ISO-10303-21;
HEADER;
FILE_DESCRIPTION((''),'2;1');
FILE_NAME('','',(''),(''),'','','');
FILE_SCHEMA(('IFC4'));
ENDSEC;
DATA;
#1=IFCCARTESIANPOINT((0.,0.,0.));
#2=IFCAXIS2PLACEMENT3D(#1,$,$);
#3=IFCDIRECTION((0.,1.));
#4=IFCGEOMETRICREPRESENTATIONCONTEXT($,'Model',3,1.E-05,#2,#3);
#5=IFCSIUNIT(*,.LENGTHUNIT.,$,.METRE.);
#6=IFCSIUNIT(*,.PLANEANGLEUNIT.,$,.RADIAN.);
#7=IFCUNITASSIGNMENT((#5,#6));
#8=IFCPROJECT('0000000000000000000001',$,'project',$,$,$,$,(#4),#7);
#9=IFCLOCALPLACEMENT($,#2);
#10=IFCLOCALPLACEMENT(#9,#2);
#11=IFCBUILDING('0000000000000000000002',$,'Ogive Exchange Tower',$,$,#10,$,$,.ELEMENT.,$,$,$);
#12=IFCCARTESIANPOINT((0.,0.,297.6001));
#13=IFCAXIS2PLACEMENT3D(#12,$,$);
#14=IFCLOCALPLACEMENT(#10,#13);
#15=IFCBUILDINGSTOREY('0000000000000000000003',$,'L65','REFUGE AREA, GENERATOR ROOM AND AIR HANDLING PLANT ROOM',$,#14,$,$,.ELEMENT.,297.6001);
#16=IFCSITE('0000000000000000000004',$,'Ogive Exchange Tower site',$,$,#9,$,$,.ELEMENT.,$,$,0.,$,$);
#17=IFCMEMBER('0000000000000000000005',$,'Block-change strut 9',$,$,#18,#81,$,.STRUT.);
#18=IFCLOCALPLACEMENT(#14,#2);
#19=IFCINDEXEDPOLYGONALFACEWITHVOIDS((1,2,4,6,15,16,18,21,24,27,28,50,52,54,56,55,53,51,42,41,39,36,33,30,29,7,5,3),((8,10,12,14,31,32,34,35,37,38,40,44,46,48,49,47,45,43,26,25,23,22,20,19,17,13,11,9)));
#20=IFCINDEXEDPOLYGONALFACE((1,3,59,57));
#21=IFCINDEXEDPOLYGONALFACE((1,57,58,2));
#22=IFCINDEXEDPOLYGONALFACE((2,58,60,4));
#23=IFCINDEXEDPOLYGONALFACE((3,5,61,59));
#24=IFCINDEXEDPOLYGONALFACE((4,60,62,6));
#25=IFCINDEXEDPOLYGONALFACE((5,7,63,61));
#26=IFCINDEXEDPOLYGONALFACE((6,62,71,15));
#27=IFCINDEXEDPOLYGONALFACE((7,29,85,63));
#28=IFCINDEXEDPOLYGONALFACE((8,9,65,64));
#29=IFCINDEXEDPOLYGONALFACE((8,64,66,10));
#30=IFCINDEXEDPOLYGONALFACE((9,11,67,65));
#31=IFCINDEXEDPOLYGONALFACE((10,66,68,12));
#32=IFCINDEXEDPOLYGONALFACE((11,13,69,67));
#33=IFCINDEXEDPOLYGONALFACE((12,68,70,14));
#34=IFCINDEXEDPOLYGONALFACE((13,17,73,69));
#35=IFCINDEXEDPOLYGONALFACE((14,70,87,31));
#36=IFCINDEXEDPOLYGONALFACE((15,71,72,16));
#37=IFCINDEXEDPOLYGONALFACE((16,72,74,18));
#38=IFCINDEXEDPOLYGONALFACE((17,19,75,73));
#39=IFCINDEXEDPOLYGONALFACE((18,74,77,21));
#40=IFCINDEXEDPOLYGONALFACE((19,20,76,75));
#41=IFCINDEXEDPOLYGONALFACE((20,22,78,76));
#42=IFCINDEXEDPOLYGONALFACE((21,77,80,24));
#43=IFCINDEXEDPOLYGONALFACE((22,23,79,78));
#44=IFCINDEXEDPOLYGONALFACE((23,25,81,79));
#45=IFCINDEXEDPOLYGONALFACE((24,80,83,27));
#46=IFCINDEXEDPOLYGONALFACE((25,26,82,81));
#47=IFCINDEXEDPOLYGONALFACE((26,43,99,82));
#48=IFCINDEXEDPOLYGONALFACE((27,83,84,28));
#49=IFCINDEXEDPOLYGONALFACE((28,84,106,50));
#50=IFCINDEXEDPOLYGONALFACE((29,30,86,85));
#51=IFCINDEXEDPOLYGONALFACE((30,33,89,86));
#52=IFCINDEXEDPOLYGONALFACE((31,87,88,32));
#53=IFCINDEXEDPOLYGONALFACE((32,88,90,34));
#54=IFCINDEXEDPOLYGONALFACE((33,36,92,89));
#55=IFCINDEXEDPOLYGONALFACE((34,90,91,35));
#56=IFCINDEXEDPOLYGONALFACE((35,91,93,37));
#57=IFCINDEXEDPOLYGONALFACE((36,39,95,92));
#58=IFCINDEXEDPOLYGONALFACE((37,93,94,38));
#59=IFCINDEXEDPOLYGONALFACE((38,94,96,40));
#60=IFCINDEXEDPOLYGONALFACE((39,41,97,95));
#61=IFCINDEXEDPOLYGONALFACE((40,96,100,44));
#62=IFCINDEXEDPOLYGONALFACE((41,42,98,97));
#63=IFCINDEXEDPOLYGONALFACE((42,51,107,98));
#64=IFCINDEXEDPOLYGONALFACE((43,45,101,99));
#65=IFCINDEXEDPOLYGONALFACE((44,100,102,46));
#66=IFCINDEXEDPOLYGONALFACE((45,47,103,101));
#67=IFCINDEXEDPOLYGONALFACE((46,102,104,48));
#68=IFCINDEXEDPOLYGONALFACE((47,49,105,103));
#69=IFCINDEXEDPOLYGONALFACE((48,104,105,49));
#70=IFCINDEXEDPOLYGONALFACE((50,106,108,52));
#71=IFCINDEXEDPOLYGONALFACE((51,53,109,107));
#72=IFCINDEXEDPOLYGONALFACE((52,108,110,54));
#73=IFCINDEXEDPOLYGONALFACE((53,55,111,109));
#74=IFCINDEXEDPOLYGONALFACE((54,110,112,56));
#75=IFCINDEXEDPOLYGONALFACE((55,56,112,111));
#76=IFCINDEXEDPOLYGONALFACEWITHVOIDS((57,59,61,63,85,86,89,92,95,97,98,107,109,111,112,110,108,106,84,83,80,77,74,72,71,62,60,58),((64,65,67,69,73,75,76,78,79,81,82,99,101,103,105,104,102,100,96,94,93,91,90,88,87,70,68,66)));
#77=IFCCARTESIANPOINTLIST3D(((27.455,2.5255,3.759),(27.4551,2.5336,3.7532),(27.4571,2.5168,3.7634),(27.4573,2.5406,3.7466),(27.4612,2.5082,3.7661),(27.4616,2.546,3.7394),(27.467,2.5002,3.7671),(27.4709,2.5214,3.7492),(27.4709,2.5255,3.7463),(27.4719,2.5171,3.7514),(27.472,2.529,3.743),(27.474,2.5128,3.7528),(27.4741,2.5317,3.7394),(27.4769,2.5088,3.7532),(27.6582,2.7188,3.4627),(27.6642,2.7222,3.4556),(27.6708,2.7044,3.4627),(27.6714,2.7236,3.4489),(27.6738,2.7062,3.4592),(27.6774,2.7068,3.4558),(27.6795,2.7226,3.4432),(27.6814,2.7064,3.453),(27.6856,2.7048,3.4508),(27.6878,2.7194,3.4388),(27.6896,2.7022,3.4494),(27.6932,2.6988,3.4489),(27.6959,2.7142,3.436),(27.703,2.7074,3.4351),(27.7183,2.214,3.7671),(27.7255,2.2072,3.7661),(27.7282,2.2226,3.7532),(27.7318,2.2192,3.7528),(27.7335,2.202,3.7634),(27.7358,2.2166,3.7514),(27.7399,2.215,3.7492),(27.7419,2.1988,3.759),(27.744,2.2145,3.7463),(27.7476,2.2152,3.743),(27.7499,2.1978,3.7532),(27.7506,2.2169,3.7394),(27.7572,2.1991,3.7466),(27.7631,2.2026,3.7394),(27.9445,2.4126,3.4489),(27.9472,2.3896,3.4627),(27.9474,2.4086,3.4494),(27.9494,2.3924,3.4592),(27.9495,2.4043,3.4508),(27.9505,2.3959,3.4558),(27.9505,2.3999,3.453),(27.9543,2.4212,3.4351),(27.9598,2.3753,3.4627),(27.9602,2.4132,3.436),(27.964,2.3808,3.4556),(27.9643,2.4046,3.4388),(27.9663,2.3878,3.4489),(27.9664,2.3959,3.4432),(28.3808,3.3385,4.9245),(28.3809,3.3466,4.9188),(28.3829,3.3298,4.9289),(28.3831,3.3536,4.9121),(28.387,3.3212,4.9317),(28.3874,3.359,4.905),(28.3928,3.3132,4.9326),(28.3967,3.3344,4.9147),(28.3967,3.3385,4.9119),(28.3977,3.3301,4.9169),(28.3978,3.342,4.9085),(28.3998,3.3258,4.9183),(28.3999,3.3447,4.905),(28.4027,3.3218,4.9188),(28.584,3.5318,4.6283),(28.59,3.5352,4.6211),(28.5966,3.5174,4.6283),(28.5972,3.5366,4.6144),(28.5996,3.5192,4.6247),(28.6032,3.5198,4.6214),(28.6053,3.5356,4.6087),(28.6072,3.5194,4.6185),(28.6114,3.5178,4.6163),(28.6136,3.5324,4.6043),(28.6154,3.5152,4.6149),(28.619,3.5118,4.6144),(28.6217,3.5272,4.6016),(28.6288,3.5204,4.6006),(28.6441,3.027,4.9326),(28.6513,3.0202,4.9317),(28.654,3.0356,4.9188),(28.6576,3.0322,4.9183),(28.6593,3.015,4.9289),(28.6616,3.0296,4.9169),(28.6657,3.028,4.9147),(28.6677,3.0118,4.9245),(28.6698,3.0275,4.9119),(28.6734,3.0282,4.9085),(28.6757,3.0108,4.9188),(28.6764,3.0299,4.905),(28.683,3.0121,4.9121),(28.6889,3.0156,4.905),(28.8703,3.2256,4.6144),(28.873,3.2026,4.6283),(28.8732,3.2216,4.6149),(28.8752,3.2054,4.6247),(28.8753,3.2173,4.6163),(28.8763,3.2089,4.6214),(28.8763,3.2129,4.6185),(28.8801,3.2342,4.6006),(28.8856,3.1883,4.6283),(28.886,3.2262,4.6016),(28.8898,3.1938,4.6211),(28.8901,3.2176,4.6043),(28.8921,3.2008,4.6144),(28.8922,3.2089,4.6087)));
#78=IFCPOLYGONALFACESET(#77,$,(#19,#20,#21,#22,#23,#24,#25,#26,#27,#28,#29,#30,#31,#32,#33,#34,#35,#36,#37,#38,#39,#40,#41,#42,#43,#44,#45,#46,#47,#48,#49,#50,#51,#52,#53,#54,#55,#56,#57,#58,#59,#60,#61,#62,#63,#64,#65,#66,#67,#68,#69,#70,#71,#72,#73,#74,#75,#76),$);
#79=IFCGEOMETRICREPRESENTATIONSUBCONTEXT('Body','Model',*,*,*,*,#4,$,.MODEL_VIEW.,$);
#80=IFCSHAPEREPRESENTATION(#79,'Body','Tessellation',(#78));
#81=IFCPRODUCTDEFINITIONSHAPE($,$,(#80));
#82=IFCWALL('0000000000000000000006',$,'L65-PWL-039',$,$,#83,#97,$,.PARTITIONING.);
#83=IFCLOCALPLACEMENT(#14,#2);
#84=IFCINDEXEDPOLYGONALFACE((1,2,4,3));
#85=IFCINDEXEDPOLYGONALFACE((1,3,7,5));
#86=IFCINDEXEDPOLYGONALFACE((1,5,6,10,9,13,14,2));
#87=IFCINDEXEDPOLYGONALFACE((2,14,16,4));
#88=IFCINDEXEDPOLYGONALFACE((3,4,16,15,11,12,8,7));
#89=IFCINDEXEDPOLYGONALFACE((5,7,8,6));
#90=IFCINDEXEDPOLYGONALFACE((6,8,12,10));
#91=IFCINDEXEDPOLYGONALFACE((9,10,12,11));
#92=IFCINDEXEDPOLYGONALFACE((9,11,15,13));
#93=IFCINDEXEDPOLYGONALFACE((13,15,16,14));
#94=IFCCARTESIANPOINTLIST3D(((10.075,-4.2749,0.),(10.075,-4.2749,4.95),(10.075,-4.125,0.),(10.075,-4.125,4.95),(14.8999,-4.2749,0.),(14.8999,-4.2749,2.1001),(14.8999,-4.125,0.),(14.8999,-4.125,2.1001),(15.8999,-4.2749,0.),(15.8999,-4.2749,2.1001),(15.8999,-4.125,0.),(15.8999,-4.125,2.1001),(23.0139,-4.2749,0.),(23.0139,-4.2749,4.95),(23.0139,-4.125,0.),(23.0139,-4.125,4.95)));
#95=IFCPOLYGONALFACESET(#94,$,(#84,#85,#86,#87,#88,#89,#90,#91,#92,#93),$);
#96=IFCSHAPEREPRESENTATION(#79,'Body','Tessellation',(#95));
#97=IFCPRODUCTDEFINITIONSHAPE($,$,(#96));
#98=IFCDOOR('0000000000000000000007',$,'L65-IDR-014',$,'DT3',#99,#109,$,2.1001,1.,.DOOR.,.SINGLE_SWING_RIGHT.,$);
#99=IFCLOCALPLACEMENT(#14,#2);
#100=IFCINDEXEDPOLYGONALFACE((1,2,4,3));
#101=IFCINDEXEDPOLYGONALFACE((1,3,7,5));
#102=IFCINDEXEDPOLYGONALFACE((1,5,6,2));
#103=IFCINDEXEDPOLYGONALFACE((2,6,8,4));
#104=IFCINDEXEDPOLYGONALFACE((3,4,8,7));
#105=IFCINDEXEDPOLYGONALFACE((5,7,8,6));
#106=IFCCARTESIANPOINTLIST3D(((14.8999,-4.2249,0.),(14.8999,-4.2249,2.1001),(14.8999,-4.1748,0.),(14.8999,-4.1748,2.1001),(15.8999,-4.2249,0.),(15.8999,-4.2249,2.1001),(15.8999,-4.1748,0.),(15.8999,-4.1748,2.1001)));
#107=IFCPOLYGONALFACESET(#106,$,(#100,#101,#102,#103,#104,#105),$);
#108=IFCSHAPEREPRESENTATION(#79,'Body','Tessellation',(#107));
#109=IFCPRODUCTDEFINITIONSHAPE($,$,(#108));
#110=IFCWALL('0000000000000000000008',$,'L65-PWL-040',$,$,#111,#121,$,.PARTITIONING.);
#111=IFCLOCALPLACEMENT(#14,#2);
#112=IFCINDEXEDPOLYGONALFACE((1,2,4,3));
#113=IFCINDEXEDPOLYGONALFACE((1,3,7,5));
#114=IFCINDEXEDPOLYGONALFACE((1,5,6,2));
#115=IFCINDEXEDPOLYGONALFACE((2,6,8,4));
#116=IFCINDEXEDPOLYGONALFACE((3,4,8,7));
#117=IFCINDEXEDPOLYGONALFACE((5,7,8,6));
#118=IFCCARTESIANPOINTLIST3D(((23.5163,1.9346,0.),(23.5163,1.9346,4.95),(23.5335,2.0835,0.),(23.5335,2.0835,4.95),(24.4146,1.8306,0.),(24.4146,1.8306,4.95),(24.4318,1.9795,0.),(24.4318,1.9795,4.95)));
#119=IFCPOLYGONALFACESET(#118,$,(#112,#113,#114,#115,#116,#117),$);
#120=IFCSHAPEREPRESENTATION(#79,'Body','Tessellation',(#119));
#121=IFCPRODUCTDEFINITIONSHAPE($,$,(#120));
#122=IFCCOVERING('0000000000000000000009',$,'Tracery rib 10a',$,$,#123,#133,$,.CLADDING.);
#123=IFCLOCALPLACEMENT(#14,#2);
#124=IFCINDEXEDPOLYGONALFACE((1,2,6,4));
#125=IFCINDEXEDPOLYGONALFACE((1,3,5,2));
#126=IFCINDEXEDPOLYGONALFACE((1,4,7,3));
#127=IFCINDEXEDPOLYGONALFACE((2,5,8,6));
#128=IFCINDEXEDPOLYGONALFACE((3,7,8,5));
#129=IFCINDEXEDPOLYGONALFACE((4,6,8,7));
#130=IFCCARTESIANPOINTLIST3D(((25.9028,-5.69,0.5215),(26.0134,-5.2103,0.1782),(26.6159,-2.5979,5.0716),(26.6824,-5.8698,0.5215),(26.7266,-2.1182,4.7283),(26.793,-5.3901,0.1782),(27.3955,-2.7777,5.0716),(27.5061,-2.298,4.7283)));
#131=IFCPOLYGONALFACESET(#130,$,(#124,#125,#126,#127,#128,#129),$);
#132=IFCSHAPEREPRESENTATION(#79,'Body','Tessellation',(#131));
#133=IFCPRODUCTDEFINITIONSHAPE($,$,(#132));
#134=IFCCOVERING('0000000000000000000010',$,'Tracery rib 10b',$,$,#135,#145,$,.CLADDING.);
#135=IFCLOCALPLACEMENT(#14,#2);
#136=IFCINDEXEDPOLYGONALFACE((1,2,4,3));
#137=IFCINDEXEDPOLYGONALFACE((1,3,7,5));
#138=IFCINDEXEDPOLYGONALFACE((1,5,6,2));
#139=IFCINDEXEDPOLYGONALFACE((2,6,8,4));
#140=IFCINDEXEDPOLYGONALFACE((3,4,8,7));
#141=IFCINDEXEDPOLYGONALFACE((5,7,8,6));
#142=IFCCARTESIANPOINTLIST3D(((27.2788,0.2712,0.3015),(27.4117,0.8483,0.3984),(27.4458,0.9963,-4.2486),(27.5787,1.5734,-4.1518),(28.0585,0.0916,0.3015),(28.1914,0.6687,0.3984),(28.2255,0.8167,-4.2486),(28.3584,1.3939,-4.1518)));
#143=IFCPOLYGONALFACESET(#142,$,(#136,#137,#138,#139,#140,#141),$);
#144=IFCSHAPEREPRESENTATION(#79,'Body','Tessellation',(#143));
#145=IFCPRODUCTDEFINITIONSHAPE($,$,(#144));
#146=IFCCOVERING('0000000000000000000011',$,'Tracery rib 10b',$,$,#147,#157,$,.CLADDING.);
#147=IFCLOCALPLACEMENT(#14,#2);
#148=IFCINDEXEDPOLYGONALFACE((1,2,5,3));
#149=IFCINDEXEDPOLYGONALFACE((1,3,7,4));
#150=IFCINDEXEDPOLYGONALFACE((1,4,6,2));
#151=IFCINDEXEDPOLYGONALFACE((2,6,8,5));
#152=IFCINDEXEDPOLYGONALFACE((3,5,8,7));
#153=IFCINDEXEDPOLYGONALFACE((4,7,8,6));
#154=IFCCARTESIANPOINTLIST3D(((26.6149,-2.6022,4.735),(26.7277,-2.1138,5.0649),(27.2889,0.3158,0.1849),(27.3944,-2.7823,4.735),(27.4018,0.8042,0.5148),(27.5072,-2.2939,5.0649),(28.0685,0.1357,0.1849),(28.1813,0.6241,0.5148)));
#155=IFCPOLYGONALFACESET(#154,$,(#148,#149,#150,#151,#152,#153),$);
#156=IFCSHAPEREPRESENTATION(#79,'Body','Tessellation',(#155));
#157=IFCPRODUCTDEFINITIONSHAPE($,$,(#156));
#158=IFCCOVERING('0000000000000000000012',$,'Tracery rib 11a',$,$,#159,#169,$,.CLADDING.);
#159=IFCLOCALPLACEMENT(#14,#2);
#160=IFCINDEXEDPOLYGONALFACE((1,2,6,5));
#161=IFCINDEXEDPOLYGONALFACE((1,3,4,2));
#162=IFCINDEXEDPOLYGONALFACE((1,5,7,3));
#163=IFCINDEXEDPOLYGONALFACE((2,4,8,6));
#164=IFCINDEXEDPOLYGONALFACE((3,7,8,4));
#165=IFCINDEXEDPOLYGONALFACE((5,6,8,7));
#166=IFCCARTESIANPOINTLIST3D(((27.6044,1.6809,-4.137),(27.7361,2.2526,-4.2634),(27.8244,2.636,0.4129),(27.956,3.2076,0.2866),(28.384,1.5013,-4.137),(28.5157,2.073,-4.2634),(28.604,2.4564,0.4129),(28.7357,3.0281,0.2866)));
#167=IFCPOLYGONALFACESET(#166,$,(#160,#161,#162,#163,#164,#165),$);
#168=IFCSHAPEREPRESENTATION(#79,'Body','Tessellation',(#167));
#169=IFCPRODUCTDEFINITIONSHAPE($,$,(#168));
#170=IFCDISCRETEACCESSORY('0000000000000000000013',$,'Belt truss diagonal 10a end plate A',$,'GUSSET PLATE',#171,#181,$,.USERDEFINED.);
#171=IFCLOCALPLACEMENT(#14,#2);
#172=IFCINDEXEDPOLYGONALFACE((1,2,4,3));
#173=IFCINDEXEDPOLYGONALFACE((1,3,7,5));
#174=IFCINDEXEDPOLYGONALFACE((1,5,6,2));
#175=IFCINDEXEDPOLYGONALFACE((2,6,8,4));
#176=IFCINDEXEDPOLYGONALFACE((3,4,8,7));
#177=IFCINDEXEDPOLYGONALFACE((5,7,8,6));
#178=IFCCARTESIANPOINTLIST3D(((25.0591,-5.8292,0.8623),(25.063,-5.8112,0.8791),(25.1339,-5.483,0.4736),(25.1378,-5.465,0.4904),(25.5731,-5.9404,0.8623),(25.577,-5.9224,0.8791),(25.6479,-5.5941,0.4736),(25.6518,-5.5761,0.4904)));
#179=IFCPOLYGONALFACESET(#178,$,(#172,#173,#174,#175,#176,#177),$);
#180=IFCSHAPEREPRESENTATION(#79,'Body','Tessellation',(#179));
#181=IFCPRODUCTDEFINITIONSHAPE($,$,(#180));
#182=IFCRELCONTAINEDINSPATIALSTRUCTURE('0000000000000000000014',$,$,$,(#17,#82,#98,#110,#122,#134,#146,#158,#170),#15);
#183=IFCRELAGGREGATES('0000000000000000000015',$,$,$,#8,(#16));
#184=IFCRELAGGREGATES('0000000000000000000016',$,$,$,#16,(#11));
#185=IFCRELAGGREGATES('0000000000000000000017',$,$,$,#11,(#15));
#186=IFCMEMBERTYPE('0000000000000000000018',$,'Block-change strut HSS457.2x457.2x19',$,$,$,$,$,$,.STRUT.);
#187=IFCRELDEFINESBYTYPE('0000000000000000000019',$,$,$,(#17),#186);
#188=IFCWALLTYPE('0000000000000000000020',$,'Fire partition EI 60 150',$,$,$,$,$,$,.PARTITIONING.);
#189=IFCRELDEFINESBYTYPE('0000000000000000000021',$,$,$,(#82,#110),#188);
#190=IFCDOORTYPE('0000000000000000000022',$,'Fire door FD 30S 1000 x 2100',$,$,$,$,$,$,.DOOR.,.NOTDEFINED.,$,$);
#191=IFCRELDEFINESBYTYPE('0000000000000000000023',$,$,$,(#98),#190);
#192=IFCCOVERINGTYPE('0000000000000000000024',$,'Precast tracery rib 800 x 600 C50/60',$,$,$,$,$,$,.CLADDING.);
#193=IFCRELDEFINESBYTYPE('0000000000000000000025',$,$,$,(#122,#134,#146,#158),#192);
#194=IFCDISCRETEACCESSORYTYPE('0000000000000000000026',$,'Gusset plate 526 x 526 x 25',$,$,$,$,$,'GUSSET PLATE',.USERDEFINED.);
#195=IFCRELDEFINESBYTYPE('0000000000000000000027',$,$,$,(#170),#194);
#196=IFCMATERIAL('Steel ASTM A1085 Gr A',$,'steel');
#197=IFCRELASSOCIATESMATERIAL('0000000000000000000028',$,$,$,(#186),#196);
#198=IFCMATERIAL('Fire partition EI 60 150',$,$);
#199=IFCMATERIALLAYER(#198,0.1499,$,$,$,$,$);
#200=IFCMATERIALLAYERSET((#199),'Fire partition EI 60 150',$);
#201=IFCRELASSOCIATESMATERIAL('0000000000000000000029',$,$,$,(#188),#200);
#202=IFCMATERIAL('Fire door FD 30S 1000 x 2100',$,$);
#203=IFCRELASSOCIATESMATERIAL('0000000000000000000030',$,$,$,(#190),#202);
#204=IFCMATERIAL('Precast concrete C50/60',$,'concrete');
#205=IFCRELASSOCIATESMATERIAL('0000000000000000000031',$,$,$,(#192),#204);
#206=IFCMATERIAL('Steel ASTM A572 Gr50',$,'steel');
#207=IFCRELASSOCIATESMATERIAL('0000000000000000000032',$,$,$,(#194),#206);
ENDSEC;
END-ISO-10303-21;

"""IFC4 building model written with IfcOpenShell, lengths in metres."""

from ifc_helpers import new_model, si_unit, direction, frame, frame_2d, origin, origin_2d, place, context, subcontext, project, spatial, rectangle, hollow_rectangle, extrude, material, layer, layer_set, material_profile, profile_set, type_object, element, fill, save


model = new_model("IFC4")

# Units and contexts
model_context = context("Model", 3, precision=1e-05, world=origin(), true_north=direction((0.0, 1.0)))
body_context = subcontext(model_context, "Body", "Model", "MODEL_VIEW")
ifc_project = project(units=[si_unit("LENGTHUNIT", "METRE"), si_unit("PLANEANGLEUNIT", "RADIAN")], contexts=[model_context])

# Site, building, storey
site_placement = place(None, origin())
site = spatial("IfcSite", under=ifc_project, at=site_placement, Name="Ogive Exchange Tower site", CompositionType="ELEMENT", RefElevation=0.0)
building_placement = place(site_placement, origin())
building = spatial("IfcBuilding", under=site, at=building_placement, Name="Ogive Exchange Tower", CompositionType="ELEMENT")
storey_placement = place(building_placement, frame((0.0, 0.0, 297.6001)))
storey = spatial("IfcBuildingStorey", under=building, at=storey_placement, Name="L65", Description="REFUGE AREA, GENERATOR ROOM AND AIR HANDLING PLANT ROOM", CompositionType="ELEMENT", Elevation=297.6001)

# Shared definitions
ifc_material_1 = material(Name="Steel ASTM A1085 Gr A", Category="steel")

# Member
ifc_material_profile_1 = material_profile(ifc_material_1, hollow_rectangle(XDim=0.457, YDim=0.457, WallThickness=0.019, InnerFilletRadius=0.019, OuterFilletRadius=0.0381, at=origin_2d()), Name="HSS457.2x457.2x19")
ifc_profile_set_1 = profile_set([ifc_material_profile_1], Name="Steel ASTM A1085 Gr A")
member_type_1 = type_object("IfcMemberType", Name="Block-change strut HSS457.2x457.2x19", PredefinedType="STRUT", material=ifc_profile_set_1)
member_1_placement = place(storey_placement, frame((27.7107, 2.4607, 3.6011), z_axis=(0.545856, 0.479351, 0.687214), x_axis=(-0.65985, 0.751397, 0.0)))
element("IfcMember", 1, at=member_1_placement, inside=storey, type_object=member_type_1, Name="Block-change strut 9", PredefinedType="STRUT", context=body_context, shape_type="SweptSolid", body=[
    extrude(hollow_rectangle(XDim=0.457, YDim=0.457, WallThickness=0.019, InnerFilletRadius=0.019, OuterFilletRadius=0.0381, at=origin_2d()), origin(), (0.0, 0.0, 1.0), 1.696),
])

# Wall, opening, door
ifc_material_2 = material(Name="Fire partition EI 60 150")
ifc_layer = layer(ifc_material_2, 0.1499)
ifc_layer_set = layer_set([ifc_layer], Name="Fire partition EI 60 150")
wall_type = type_object("IfcWallType", Name="Fire partition EI 60 150", PredefinedType="PARTITIONING", material=ifc_layer_set)
wall_1_placement = place(storey_placement, frame((23.0139, -4.2, 0.0), z_axis=(0.0, 0.0, 1.0), x_axis=(-1.0, 0.0, 0.0)))
wall_1 = element("IfcWall", 2, at=wall_1_placement, inside=storey, type_object=wall_type, Name="L65-PWL-039", PredefinedType="PARTITIONING", context=body_context, shape_type="SweptSolid", body=[
    extrude(rectangle(XDim=12.939, YDim=0.1499, at=frame_2d((6.4695, 0.0))), origin(), (0.0, 0.0, 1.0), 4.95),
])
opening_placement = place(wall_1_placement, frame((7.114, 0.0, 0.0)))
opening = element("IfcOpeningElement", 3, at=opening_placement, cuts=wall_1, PredefinedType="OPENING", context=body_context, shape_type="SweptSolid", body=[
    extrude(rectangle(XDim=1.0, YDim=2.1001, at=frame_2d((0.5, 1.05))), frame((0.0, 0.085, 0.0), z_axis=(0.0, -1.0, 0.0), x_axis=(1.0, 0.0, 0.0)), (0.0, 0.0, 1.0), 0.1699),
])
ifc_material_3 = material(Name="Fire door FD 30S 1000 x 2100")
door_type = type_object("IfcDoorType", Name="Fire door FD 30S 1000 x 2100", OperationType="NOTDEFINED", PredefinedType="DOOR", material=ifc_material_3)
door_placement = place(opening_placement, origin())
door = element("IfcDoor", 4, at=door_placement, inside=storey, type_object=door_type, Name="L65-IDR-014", ObjectType="DT3", OperationType="SINGLE_SWING_RIGHT", OverallHeight=2.1001, OverallWidth=1.0, PredefinedType="DOOR", context=body_context, shape_type="SweptSolid", body=[
    extrude(rectangle(XDim=1.0, YDim=2.1001, at=frame_2d((0.5, 1.05))), frame((0.0, 0.0249, 0.0), z_axis=(0.0, -1.0, 0.0), x_axis=(1.0, 0.0, 0.0)), (0.0, 0.0, 1.0), 0.05),
])
fill(opening, door)

# Wall
wall_2_placement = place(storey_placement, frame((23.5249, 2.009, 0.0), z_axis=(0.0, 0.0, 1.0), x_axis=(0.993363, -0.115024, 0.0)))
element("IfcWall", 5, at=wall_2_placement, inside=storey, type_object=wall_type, Name="L65-PWL-040", PredefinedType="PARTITIONING", context=body_context, shape_type="SweptSolid", body=[
    extrude(rectangle(XDim=0.9043, YDim=0.1499, at=frame_2d((0.4521, 0.0))), origin(), (0.0, 0.0, 1.0), 4.95),
])

# Coverings
ifc_material_4 = material(Name="Precast concrete C50/60", Category="concrete")
ifc_material_profile_2 = material_profile(ifc_material_4, rectangle(XDim=0.8, YDim=0.6001, at=origin_2d()), Name="RIB 800 x 600")
ifc_profile_set_2 = profile_set([ifc_material_profile_2], Name="Precast concrete C50/60")
covering_type = type_object("IfcCoveringType", Name="Precast tracery rib 800 x 600 C50/60", PredefinedType="CLADDING", material=ifc_profile_set_2)
covering_1_placement = place(storey_placement, frame((26.3479, -5.54, 0.3499), z_axis=(0.128556, 0.557399, 0.820232), x_axis=(-0.97442, 0.224736, 0.0)))
element("IfcCovering", 6, at=covering_1_placement, inside=storey, type_object=covering_type, Name="Tracery rib 10a", PredefinedType="CLADDING", context=body_context, shape_type="SweptSolid", body=[
    extrude(rectangle(XDim=0.8, YDim=0.6001, at=origin_2d()), origin(), (0.0, 0.0, 1.0), 5.5474),
])
covering_2_placement = place(storey_placement, frame((27.9021, 1.1951, -4.2002), z_axis=(-0.03622, -0.157271, 0.986891), x_axis=(0.974491, -0.224428, 0.0)))
element("IfcCovering", 7, at=covering_2_placement, inside=storey, type_object=covering_type, Name="Tracery rib 10b", PredefinedType="CLADDING", context=body_context, shape_type="SweptSolid", body=[
    extrude(rectangle(XDim=0.8, YDim=0.6001, at=origin_2d()), origin(), (0.0, 0.0, 1.0), 4.6106),
])
covering_3_placement = place(storey_placement, frame((27.7351, 0.47, 0.3499), z_axis=(-0.123747, -0.535683, 0.835302), x_axis=(0.97434, -0.22508, 0.0)))
element("IfcCovering", 8, at=covering_3_placement, inside=storey, type_object=covering_type, Name="Tracery rib 10b", PredefinedType="CLADDING", context=body_context, shape_type="SweptSolid", body=[
    extrude(rectangle(XDim=0.8, YDim=0.6001, at=origin_2d()), origin(), (0.0, 0.0, 1.0), 5.4473),
])
covering_4_placement = place(storey_placement, frame((28.0601, 1.877, -4.2002), z_axis=(0.047261, 0.205199, 0.977579), x_axis=(-0.974488, 0.224441, 0.0)))
element("IfcCovering", 9, at=covering_4_placement, inside=storey, type_object=covering_type, Name="Tracery rib 11a", PredefinedType="CLADDING", context=body_context, shape_type="SweptSolid", body=[
    extrude(rectangle(XDim=0.8, YDim=0.6001, at=origin_2d()), origin(), (0.0, 0.0, 1.0), 4.6543),
])

# Discrete accessory
ifc_material_5 = material(Name="Steel ASTM A572 Gr50", Category="steel")
ifc_material_profile_3 = material_profile(ifc_material_5, rectangle(XDim=0.5259, YDim=0.5259, at=origin_2d()), Name="PL 526 x 526 x 25")
ifc_profile_set_3 = profile_set([ifc_material_profile_3], Name="Steel ASTM A572 Gr50")
discrete_accessory_type_1 = type_object("IfcDiscreteAccessoryType", Name="Gusset plate 526 x 526 x 25", ElementType="GUSSET PLATE", PredefinedType="USERDEFINED", material=ifc_profile_set_3)
discrete_accessory_1_placement = place(storey_placement, frame((25.3535, -5.7117, 0.668), z_axis=(0.156196, 0.722407, 0.673596), x_axis=(-0.977414, 0.211333, 0.0)))
element("IfcDiscreteAccessory", 10, at=discrete_accessory_1_placement, inside=storey, type_object=discrete_accessory_type_1, Name="Belt truss diagonal 10a end plate A", ObjectType="GUSSET PLATE", PredefinedType="USERDEFINED", context=body_context, shape_type="SweptSolid", body=[
    extrude(rectangle(XDim=0.5259, YDim=0.5259, at=origin_2d()), origin(), (0.0, 0.0, 1.0), 0.0249),
])

save(model, "model.ifc")
